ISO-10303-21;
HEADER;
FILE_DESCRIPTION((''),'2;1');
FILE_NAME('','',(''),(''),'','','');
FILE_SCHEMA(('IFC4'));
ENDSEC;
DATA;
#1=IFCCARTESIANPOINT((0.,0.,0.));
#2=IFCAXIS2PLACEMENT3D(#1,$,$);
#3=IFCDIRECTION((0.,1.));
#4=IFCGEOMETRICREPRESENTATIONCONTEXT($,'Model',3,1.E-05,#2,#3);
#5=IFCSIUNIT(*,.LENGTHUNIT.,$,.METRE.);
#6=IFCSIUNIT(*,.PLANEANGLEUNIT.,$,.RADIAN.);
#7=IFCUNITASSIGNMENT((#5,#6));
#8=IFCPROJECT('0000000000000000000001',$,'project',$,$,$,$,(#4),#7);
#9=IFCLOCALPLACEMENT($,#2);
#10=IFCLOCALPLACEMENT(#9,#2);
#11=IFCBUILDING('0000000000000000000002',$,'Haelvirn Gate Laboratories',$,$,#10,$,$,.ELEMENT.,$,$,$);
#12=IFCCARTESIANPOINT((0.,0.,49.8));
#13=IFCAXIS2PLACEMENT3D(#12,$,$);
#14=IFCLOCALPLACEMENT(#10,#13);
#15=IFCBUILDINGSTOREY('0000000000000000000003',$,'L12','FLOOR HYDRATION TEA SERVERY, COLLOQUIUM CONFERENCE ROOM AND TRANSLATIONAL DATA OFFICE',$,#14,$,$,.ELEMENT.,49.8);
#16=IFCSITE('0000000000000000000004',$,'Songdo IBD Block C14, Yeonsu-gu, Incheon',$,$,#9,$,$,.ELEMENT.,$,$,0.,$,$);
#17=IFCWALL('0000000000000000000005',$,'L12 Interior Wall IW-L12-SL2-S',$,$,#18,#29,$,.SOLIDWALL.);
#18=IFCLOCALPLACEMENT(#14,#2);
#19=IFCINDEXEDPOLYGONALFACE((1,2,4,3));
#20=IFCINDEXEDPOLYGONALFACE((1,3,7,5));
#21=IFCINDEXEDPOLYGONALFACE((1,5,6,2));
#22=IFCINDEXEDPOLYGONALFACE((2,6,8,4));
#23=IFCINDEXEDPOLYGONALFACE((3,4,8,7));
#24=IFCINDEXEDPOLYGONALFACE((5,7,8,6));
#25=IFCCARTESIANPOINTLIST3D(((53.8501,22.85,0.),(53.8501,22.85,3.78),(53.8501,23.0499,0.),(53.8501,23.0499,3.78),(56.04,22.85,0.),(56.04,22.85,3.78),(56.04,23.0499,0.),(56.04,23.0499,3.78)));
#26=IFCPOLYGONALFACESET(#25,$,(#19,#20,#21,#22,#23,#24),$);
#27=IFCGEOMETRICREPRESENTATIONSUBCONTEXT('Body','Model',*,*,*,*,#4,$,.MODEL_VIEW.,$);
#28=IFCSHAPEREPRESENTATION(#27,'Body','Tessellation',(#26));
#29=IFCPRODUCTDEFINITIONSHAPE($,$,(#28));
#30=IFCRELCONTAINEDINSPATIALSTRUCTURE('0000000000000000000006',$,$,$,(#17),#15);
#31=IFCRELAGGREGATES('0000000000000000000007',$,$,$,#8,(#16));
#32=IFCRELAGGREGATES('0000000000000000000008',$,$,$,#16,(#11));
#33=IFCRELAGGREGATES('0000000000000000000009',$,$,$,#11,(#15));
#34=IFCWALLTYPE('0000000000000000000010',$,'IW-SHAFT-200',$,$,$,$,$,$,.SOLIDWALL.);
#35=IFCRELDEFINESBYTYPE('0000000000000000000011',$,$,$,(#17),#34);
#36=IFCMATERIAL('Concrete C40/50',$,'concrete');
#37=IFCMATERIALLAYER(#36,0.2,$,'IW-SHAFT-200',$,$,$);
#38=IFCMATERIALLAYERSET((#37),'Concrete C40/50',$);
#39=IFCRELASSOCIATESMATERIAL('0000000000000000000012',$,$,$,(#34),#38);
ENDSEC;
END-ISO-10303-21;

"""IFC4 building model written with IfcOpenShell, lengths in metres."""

from ifc_helpers import new_model, si_unit, direction, frame, frame_2d, origin, place, context, subcontext, project, spatial, rectangle, extrude, material, layer, layer_set, type_object, element, save


model = new_model("IFC4")

# Units and contexts
model_context = context("Model", 3, precision=1e-05, world=origin(), true_north=direction((0.0, 1.0)))
body_context = subcontext(model_context, "Body", "Model", "MODEL_VIEW")
ifc_project = project(units=[si_unit("LENGTHUNIT", "METRE"), si_unit("PLANEANGLEUNIT", "RADIAN")], contexts=[model_context])

# Site, building, storey
site_placement = place(None, origin())
site = spatial("IfcSite", under=ifc_project, at=site_placement, Name="Songdo IBD Block C14, Yeonsu-gu, Incheon", CompositionType="ELEMENT", RefElevation=0.0)
building_placement = place(site_placement, origin())
building = spatial("IfcBuilding", under=site, at=building_placement, Name="Haelvirn Gate Laboratories", CompositionType="ELEMENT")
storey_placement = place(building_placement, frame((0.0, 0.0, 49.8)))
storey = spatial("IfcBuildingStorey", under=building, at=storey_placement, Name="L12", Description="FLOOR HYDRATION TEA SERVERY, COLLOQUIUM CONFERENCE ROOM AND TRANSLATIONAL DATA OFFICE", CompositionType="ELEMENT", Elevation=49.8)

# Wall
ifc_material_1 = material(Name="Concrete C40/50", Category="concrete")
ifc_layer_1 = layer(ifc_material_1, 0.2, Name="IW-SHAFT-200")
ifc_layer_set_1 = layer_set([ifc_layer_1], Name="Concrete C40/50")
wall_type_1 = type_object("IfcWallType", Name="IW-SHAFT-200", PredefinedType="SOLIDWALL", material=ifc_layer_set_1)
for number, where, z_axis, x_axis, name in (
    (1, (53.8501, 22.95, 0.0), (0.0, 0.0, 1.0), (1.0, 0.0, 0.0), "L12 Interior Wall IW-L12-SL2-S"),
):
    element("IfcWall", number, at=place(storey_placement, frame(where, z_axis=z_axis, x_axis=x_axis)), inside=storey, type_object=wall_type_1, Name=name, PredefinedType="SOLIDWALL", context=body_context, shape_type="SweptSolid", body=[
        extrude(rectangle(XDim=2.1899, YDim=0.2, at=frame_2d((1.095, 0.0))), origin(), (0.0, 0.0, 1.0), 3.78),
    ])

save(model, "model.ifc")
